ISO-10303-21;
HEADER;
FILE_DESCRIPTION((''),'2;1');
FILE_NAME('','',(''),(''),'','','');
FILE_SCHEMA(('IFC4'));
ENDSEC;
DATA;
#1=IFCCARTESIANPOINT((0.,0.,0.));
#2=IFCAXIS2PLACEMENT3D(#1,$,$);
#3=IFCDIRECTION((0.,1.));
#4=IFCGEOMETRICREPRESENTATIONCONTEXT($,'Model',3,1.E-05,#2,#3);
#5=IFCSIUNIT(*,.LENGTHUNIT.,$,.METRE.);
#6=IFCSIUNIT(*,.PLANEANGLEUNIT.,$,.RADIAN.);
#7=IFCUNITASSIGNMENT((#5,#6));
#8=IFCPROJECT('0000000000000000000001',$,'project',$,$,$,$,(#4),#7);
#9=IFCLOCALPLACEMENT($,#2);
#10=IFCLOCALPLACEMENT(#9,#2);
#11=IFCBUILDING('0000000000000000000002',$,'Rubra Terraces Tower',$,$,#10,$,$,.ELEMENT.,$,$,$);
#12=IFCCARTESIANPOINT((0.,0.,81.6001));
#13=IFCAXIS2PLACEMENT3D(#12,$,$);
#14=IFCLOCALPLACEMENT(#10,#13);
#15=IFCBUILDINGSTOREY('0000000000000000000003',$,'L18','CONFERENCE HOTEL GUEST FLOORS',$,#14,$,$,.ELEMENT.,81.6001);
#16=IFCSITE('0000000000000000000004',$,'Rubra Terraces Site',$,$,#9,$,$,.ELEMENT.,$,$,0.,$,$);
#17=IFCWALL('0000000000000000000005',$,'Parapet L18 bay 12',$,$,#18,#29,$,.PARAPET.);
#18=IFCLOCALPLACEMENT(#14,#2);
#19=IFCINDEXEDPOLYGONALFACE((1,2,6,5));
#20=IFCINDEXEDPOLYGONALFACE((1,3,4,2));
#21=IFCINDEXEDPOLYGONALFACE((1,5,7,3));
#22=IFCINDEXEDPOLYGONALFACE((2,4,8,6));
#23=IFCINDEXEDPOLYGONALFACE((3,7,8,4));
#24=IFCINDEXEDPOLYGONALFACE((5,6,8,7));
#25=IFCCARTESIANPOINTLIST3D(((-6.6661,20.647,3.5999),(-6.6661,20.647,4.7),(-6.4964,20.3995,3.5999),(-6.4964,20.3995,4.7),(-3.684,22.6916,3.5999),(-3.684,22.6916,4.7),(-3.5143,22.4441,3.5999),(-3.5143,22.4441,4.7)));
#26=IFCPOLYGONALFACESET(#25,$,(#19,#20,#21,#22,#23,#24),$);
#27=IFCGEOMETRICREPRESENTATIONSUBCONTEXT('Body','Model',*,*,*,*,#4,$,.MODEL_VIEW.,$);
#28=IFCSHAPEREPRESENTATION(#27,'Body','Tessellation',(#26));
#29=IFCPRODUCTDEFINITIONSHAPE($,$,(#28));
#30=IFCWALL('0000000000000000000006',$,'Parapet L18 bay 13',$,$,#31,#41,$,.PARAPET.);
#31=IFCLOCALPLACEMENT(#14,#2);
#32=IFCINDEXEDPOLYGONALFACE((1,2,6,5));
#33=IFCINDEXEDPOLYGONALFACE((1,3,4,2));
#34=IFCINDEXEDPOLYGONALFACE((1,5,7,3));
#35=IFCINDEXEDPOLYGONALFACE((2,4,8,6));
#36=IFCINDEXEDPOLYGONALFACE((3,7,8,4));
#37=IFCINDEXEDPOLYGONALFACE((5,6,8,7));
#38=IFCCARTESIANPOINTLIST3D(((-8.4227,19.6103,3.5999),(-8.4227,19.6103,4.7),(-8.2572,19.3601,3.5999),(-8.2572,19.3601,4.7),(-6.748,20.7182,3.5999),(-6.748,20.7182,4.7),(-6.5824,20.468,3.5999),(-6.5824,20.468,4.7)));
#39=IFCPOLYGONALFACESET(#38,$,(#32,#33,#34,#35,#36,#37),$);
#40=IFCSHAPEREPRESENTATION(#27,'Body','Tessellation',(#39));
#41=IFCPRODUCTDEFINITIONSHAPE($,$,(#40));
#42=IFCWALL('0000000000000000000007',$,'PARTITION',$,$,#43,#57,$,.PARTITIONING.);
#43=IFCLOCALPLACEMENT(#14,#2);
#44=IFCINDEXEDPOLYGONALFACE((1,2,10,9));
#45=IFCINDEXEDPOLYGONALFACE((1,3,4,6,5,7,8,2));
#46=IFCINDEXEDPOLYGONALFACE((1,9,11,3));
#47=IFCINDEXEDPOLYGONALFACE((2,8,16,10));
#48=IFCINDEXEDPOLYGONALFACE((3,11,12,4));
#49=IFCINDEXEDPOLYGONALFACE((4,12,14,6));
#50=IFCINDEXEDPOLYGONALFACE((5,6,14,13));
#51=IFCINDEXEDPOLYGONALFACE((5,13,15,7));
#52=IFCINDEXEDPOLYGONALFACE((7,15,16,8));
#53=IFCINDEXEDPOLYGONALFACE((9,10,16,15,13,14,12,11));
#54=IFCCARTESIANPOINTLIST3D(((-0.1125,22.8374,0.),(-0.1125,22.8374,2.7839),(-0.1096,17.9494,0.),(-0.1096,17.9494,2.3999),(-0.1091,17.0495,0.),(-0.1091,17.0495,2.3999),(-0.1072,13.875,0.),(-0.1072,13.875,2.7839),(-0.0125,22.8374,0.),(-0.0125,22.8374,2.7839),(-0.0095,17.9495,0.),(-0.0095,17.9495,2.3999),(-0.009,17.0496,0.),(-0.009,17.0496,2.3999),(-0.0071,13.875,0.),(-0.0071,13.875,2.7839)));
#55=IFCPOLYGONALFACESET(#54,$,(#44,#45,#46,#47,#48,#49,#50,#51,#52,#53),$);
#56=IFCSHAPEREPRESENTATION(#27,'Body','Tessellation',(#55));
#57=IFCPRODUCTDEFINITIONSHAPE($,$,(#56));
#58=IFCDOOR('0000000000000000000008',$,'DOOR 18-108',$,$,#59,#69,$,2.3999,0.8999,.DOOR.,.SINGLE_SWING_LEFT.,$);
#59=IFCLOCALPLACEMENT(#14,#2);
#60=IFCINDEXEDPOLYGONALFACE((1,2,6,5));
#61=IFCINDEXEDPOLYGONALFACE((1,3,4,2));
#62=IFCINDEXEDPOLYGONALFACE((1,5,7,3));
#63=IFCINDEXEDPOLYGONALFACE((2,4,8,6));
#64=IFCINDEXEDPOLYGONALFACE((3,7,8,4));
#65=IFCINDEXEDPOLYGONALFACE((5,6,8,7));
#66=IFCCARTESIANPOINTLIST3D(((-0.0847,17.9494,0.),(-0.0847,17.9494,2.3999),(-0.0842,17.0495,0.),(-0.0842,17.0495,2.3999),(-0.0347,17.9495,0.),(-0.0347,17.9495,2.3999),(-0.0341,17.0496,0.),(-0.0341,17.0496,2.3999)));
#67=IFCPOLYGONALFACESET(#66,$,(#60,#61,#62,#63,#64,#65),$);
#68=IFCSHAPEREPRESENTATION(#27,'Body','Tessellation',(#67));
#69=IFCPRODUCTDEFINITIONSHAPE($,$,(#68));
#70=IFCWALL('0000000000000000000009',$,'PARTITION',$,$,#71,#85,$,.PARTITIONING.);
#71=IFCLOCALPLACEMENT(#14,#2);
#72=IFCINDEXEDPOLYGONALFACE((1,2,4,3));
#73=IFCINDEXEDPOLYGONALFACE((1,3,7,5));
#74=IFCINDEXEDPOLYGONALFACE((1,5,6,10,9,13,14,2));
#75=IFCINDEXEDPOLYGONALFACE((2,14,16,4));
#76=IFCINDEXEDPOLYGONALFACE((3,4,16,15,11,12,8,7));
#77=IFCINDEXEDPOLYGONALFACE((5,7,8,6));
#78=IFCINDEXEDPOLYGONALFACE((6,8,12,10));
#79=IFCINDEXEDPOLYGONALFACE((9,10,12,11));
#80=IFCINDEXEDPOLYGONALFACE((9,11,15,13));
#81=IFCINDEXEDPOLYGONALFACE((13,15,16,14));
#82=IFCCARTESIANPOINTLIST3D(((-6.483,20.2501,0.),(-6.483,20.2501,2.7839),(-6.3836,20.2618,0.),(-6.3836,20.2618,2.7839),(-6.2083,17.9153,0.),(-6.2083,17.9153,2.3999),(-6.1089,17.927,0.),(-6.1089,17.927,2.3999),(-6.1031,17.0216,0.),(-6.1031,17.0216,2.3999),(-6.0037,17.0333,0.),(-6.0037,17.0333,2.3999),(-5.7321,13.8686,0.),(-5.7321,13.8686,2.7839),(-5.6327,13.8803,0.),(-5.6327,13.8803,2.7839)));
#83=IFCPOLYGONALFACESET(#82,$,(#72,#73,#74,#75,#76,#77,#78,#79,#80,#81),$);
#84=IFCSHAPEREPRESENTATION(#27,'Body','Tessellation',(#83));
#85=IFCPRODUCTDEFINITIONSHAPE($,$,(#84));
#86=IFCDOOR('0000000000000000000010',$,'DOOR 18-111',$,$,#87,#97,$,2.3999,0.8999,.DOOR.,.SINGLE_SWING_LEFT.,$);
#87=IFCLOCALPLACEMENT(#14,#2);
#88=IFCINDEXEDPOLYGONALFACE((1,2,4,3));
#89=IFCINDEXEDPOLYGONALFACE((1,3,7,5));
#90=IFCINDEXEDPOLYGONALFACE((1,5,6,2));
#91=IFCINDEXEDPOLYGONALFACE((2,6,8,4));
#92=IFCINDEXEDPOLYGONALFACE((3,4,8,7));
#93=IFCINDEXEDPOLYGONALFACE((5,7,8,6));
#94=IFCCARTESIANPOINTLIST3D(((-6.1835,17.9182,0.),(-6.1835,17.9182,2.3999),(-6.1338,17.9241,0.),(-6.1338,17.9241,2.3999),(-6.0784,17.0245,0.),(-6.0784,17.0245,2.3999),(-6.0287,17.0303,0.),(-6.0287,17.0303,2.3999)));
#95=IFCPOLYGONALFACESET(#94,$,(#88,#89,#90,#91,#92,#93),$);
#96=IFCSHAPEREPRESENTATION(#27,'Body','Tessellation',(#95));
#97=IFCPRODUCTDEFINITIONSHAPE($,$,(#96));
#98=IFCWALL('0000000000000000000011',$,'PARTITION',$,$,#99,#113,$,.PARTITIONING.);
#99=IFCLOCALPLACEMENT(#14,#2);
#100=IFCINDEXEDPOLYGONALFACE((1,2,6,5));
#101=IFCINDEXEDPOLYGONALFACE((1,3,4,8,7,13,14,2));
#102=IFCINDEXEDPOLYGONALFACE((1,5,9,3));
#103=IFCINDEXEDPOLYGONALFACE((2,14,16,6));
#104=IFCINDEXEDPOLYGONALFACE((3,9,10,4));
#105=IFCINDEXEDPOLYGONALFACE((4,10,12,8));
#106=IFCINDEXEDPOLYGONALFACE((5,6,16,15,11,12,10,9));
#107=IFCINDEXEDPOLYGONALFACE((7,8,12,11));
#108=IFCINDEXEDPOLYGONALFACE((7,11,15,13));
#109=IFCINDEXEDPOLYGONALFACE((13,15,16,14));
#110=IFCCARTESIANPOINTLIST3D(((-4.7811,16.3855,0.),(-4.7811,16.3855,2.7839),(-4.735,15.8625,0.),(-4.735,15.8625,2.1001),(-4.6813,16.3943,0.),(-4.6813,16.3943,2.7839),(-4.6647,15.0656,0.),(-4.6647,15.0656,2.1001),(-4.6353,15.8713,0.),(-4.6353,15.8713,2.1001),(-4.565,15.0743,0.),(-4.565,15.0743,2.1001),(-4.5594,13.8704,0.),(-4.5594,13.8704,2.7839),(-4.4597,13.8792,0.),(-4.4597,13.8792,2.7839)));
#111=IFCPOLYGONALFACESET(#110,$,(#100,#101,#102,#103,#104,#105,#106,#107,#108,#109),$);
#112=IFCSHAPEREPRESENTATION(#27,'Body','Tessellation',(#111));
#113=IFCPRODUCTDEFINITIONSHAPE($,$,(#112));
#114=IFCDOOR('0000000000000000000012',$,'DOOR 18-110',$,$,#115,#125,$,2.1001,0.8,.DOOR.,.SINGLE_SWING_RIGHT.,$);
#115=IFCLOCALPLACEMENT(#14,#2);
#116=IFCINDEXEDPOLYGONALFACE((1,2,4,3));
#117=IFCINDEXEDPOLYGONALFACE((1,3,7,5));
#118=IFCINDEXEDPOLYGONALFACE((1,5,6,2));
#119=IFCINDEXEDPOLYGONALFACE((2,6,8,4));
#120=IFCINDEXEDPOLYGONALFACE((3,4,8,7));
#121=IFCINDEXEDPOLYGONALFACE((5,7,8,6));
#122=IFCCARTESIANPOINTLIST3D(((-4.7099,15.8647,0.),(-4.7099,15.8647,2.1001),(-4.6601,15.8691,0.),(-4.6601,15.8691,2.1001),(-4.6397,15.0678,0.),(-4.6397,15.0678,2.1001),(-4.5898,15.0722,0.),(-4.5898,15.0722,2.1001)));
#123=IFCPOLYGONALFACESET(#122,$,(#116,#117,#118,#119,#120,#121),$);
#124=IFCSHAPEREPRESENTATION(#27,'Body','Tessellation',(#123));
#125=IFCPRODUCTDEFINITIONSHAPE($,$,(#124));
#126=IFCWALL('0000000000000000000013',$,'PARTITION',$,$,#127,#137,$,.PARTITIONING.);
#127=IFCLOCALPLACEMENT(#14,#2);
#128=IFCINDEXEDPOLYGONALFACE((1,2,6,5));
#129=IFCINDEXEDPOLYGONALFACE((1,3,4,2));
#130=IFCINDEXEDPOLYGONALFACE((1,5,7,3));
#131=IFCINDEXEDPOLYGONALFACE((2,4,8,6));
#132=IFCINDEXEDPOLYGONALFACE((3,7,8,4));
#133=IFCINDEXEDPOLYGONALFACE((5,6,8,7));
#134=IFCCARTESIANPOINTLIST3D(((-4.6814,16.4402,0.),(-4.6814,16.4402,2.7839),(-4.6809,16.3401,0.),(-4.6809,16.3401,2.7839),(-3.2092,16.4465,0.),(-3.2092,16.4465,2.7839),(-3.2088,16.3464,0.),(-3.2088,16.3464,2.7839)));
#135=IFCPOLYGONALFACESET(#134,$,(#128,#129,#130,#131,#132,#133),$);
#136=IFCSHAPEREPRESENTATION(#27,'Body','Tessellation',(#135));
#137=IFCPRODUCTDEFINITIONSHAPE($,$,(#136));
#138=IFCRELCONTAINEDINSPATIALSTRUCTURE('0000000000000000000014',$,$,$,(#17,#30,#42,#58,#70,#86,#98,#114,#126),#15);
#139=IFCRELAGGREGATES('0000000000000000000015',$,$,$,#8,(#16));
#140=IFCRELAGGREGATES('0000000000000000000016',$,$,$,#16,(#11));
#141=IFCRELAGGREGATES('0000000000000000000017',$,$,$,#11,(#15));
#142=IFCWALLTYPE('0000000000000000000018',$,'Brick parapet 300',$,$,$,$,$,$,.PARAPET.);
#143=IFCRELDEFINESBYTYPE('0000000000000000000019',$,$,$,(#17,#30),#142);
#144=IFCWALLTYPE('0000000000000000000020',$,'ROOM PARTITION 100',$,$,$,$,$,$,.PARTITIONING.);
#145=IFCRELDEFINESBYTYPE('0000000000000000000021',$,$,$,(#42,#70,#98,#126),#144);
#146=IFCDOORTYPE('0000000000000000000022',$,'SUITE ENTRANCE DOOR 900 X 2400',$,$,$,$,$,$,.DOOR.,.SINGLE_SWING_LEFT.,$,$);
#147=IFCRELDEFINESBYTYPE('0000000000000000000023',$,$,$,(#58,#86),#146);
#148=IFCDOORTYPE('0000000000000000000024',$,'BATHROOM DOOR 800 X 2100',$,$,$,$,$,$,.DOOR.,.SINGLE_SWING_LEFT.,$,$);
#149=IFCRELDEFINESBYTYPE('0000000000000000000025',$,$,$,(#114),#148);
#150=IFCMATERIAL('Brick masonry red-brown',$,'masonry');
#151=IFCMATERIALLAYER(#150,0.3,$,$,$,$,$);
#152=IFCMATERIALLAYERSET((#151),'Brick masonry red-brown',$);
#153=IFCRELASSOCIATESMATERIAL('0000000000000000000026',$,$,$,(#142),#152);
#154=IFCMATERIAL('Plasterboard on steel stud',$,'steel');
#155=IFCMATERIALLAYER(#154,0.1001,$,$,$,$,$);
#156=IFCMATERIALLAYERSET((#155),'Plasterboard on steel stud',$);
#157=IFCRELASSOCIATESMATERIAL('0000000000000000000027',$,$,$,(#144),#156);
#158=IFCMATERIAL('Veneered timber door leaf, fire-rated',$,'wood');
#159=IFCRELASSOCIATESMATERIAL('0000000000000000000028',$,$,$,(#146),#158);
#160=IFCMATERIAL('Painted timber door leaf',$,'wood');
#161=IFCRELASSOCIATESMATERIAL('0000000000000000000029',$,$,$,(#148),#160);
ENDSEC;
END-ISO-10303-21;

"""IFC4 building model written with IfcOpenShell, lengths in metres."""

from ifc_helpers import new_model, si_unit, direction, frame, frame_2d, origin, place, context, subcontext, project, spatial, rectangle, extrude, material, layer, layer_set, type_object, element, fill, save


model = new_model("IFC4")

# Units and contexts
model_context = context("Model", 3, precision=1e-05, world=origin(), true_north=direction((0.0, 1.0)))
body_context = subcontext(model_context, "Body", "Model", "MODEL_VIEW")
ifc_project = project(units=[si_unit("LENGTHUNIT", "METRE"), si_unit("PLANEANGLEUNIT", "RADIAN")], contexts=[model_context])

# Site, building, storey
site_placement = place(None, origin())
site = spatial("IfcSite", under=ifc_project, at=site_placement, Name="Rubra Terraces Site", CompositionType="ELEMENT", RefElevation=0.0)
building_placement = place(site_placement, origin())
building = spatial("IfcBuilding", under=site, at=building_placement, Name="Rubra Terraces Tower", CompositionType="ELEMENT")
storey_placement = place(building_placement, frame((0.0, 0.0, 81.6001)))
storey = spatial("IfcBuildingStorey", under=building, at=storey_placement, Name="L18", Description="CONFERENCE HOTEL GUEST FLOORS", CompositionType="ELEMENT", Elevation=81.6001)

# Shared definitions
ifc_material_1 = material(Name="Brick masonry red-brown", Category="masonry")

# Walls
ifc_layer_1 = layer(ifc_material_1, 0.3)
ifc_layer_set_1 = layer_set([ifc_layer_1], Name="Brick masonry red-brown")
wall_type_1 = type_object("IfcWallType", Name="Brick parapet 300", PredefinedType="PARAPET", material=ifc_layer_set_1)
wall_1_placement = place(storey_placement, frame((-3.5991, 22.5679, 3.5999), z_axis=(0.0, 0.0, 1.0), x_axis=(-0.82476, -0.565482, 0.0)))
element("IfcWall", 1, at=wall_1_placement, inside=storey, type_object=wall_type_1, Name="Parapet L18 bay 12", PredefinedType="PARAPET", context=body_context, shape_type="SweptSolid", body=[
    extrude(rectangle(XDim=3.6157, YDim=0.3, at=frame_2d((1.8079, 0.0))), origin(), (0.0, 0.0, 1.0), 1.1001),
])
wall_2_placement = place(storey_placement, frame((-6.6653, 20.593, 3.5999), z_axis=(0.0, 0.0, 1.0), x_axis=(-0.834028, -0.551723, 0.0)))
element("IfcWall", 2, at=wall_2_placement, inside=storey, type_object=wall_type_1, Name="Parapet L18 bay 13", PredefinedType="PARAPET", context=body_context, shape_type="SweptSolid", body=[
    extrude(rectangle(XDim=2.0081, YDim=0.3, at=frame_2d((1.0039, 0.0))), origin(), (0.0, 0.0, 1.0), 1.1001),
])

# Walls, openings, doors
ifc_material_2 = material(Name="Plasterboard on steel stud", Category="steel")
ifc_layer_2 = layer(ifc_material_2, 0.1001)
ifc_layer_set_2 = layer_set([ifc_layer_2], Name="Plasterboard on steel stud")
wall_type_2 = type_object("IfcWallType", Name="ROOM PARTITION 100", PredefinedType="PARTITIONING", material=ifc_layer_set_2)
wall_3_placement = place(storey_placement, frame((-0.0625, 22.8374, 0.0), z_axis=(0.0, 0.0, 1.0), x_axis=(0.000599, -1.0, 0.0)))
wall_3 = element("IfcWall", 3, at=wall_3_placement, inside=storey, type_object=wall_type_2, Name="PARTITION", PredefinedType="PARTITIONING", context=body_context, shape_type="SweptSolid", body=[
    extrude(rectangle(XDim=8.9624, YDim=0.1001, at=frame_2d((4.4812, 0.0))), origin(), (0.0, 0.0, 1.0), 2.7839),
])
opening_1_placement = place(wall_3_placement, frame((4.8879, 0.0, 0.0)))
opening_1 = element("IfcOpeningElement", 4, at=opening_1_placement, cuts=wall_3, PredefinedType="OPENING", context=body_context, shape_type="SweptSolid", body=[
    extrude(rectangle(XDim=0.8999, YDim=2.3999, at=frame_2d((0.45, 1.2))), frame((0.0, 0.0601, 0.0), z_axis=(0.0, -1.0, 0.0), x_axis=(1.0, 0.0, 0.0)), (0.0, 0.0, 1.0), 0.1201),
])
ifc_material_3 = material(Name="Veneered timber door leaf, fire-rated", Category="wood")
door_type_1 = type_object("IfcDoorType", Name="SUITE ENTRANCE DOOR 900 X 2400", OperationType="SINGLE_SWING_LEFT", PredefinedType="DOOR", material=ifc_material_3)
door_1_placement = place(opening_1_placement, origin())
door_1 = element("IfcDoor", 5, at=door_1_placement, inside=storey, type_object=door_type_1, Name="DOOR 18-108", OperationType="SINGLE_SWING_LEFT", OverallHeight=2.3999, OverallWidth=0.8999, PredefinedType="DOOR", context=body_context, shape_type="SweptSolid", body=[
    extrude(rectangle(XDim=0.8999, YDim=2.3999, at=frame_2d((0.45, 1.2))), frame((0.0, 0.0249, 0.0), z_axis=(0.0, -1.0, 0.0), x_axis=(1.0, 0.0, 0.0)), (0.0, 0.0, 1.0), 0.05),
])
fill(opening_1, door_1)
wall_4_placement = place(storey_placement, frame((-6.4333, 20.2561, 0.0), z_axis=(0.0, 0.0, 1.0), x_axis=(0.116872, -0.993147, 0.0)))
wall_4 = element("IfcWall", 6, at=wall_4_placement, inside=storey, type_object=wall_type_2, Name="PARTITION", PredefinedType="PARTITIONING", context=body_context, shape_type="SweptSolid", body=[
    extrude(rectangle(XDim=6.4255, YDim=0.1001, at=frame_2d((3.2129, 0.0))), origin(), (0.0, 0.0, 1.0), 2.7839),
])
opening_2_placement = place(wall_4_placement, frame((2.3511, 0.0, 0.0)))
opening_2 = element("IfcOpeningElement", 7, at=opening_2_placement, cuts=wall_4, PredefinedType="OPENING", context=body_context, shape_type="SweptSolid", body=[
    extrude(rectangle(XDim=0.8999, YDim=2.3999, at=frame_2d((0.45, 1.2))), frame((0.0, 0.0601, 0.0), z_axis=(0.0, -1.0, 0.0), x_axis=(1.0, 0.0, 0.0)), (0.0, 0.0, 1.0), 0.1201),
])
door_2_placement = place(opening_2_placement, origin())
door_2 = element("IfcDoor", 8, at=door_2_placement, inside=storey, type_object=door_type_1, Name="DOOR 18-111", OperationType="SINGLE_SWING_LEFT", OverallHeight=2.3999, OverallWidth=0.8999, PredefinedType="DOOR", context=body_context, shape_type="SweptSolid", body=[
    extrude(rectangle(XDim=0.8999, YDim=2.3999, at=frame_2d((0.45, 1.2))), frame((0.0, 0.0249, 0.0), z_axis=(0.0, -1.0, 0.0), x_axis=(1.0, 0.0, 0.0)), (0.0, 0.0, 1.0), 0.05),
])
fill(opening_2, door_2)
wall_5_placement = place(storey_placement, frame((-4.5095, 13.8748, 0.0), z_axis=(0.0, 0.0, 1.0), x_axis=(-0.087798, 0.996138, 0.0)))
wall_5 = element("IfcWall", 9, at=wall_5_placement, inside=storey, type_object=wall_type_2, Name="PARTITION", PredefinedType="PARTITIONING", context=body_context, shape_type="SweptSolid", body=[
    extrude(rectangle(XDim=2.5249, YDim=0.1001, at=frame_2d((1.2625, 0.0))), origin(), (0.0, 0.0, 1.0), 2.7839),
])
opening_3_placement = place(wall_5_placement, frame((1.2, 0.0, 0.0)))
opening_3 = element("IfcOpeningElement", 10, at=opening_3_placement, cuts=wall_5, PredefinedType="OPENING", context=body_context, shape_type="SweptSolid", body=[
    extrude(rectangle(XDim=0.8, YDim=2.1001, at=frame_2d((0.3999, 1.05))), frame((0.0, 0.0601, 0.0), z_axis=(0.0, -1.0, 0.0), x_axis=(1.0, 0.0, 0.0)), (0.0, 0.0, 1.0), 0.1201),
])
ifc_material_4 = material(Name="Painted timber door leaf", Category="wood")
door_type_2 = type_object("IfcDoorType", Name="BATHROOM DOOR 800 X 2100", OperationType="SINGLE_SWING_LEFT", PredefinedType="DOOR", material=ifc_material_4)
door_3_placement = place(opening_3_placement, origin())
door_3 = element("IfcDoor", 11, at=door_3_placement, inside=storey, type_object=door_type_2, Name="DOOR 18-110", OperationType="SINGLE_SWING_RIGHT", OverallHeight=2.1001, OverallWidth=0.8, PredefinedType="DOOR", context=body_context, shape_type="SweptSolid", body=[
    extrude(rectangle(XDim=0.8, YDim=2.1001, at=frame_2d((0.3999, 1.05))), frame((0.0, 0.0249, 0.0), z_axis=(0.0, -1.0, 0.0), x_axis=(1.0, 0.0, 0.0)), (0.0, 0.0, 1.0), 0.05),
])
fill(opening_3, door_3)

# Wall
wall_6_placement = place(storey_placement, frame((-4.6812, 16.3901, 0.0), z_axis=(0.0, 0.0, 1.0), x_axis=(0.999991, 0.004312, 0.0)))
element("IfcWall", 12, at=wall_6_placement, inside=storey, type_object=wall_type_2, Name="PARTITION", PredefinedType="PARTITIONING", context=body_context, shape_type="SweptSolid", body=[
    extrude(rectangle(XDim=1.4722, YDim=0.1001, at=frame_2d((0.7361, 0.0))), origin(), (0.0, 0.0, 1.0), 2.7839),
])

save(model, "model.ifc")
